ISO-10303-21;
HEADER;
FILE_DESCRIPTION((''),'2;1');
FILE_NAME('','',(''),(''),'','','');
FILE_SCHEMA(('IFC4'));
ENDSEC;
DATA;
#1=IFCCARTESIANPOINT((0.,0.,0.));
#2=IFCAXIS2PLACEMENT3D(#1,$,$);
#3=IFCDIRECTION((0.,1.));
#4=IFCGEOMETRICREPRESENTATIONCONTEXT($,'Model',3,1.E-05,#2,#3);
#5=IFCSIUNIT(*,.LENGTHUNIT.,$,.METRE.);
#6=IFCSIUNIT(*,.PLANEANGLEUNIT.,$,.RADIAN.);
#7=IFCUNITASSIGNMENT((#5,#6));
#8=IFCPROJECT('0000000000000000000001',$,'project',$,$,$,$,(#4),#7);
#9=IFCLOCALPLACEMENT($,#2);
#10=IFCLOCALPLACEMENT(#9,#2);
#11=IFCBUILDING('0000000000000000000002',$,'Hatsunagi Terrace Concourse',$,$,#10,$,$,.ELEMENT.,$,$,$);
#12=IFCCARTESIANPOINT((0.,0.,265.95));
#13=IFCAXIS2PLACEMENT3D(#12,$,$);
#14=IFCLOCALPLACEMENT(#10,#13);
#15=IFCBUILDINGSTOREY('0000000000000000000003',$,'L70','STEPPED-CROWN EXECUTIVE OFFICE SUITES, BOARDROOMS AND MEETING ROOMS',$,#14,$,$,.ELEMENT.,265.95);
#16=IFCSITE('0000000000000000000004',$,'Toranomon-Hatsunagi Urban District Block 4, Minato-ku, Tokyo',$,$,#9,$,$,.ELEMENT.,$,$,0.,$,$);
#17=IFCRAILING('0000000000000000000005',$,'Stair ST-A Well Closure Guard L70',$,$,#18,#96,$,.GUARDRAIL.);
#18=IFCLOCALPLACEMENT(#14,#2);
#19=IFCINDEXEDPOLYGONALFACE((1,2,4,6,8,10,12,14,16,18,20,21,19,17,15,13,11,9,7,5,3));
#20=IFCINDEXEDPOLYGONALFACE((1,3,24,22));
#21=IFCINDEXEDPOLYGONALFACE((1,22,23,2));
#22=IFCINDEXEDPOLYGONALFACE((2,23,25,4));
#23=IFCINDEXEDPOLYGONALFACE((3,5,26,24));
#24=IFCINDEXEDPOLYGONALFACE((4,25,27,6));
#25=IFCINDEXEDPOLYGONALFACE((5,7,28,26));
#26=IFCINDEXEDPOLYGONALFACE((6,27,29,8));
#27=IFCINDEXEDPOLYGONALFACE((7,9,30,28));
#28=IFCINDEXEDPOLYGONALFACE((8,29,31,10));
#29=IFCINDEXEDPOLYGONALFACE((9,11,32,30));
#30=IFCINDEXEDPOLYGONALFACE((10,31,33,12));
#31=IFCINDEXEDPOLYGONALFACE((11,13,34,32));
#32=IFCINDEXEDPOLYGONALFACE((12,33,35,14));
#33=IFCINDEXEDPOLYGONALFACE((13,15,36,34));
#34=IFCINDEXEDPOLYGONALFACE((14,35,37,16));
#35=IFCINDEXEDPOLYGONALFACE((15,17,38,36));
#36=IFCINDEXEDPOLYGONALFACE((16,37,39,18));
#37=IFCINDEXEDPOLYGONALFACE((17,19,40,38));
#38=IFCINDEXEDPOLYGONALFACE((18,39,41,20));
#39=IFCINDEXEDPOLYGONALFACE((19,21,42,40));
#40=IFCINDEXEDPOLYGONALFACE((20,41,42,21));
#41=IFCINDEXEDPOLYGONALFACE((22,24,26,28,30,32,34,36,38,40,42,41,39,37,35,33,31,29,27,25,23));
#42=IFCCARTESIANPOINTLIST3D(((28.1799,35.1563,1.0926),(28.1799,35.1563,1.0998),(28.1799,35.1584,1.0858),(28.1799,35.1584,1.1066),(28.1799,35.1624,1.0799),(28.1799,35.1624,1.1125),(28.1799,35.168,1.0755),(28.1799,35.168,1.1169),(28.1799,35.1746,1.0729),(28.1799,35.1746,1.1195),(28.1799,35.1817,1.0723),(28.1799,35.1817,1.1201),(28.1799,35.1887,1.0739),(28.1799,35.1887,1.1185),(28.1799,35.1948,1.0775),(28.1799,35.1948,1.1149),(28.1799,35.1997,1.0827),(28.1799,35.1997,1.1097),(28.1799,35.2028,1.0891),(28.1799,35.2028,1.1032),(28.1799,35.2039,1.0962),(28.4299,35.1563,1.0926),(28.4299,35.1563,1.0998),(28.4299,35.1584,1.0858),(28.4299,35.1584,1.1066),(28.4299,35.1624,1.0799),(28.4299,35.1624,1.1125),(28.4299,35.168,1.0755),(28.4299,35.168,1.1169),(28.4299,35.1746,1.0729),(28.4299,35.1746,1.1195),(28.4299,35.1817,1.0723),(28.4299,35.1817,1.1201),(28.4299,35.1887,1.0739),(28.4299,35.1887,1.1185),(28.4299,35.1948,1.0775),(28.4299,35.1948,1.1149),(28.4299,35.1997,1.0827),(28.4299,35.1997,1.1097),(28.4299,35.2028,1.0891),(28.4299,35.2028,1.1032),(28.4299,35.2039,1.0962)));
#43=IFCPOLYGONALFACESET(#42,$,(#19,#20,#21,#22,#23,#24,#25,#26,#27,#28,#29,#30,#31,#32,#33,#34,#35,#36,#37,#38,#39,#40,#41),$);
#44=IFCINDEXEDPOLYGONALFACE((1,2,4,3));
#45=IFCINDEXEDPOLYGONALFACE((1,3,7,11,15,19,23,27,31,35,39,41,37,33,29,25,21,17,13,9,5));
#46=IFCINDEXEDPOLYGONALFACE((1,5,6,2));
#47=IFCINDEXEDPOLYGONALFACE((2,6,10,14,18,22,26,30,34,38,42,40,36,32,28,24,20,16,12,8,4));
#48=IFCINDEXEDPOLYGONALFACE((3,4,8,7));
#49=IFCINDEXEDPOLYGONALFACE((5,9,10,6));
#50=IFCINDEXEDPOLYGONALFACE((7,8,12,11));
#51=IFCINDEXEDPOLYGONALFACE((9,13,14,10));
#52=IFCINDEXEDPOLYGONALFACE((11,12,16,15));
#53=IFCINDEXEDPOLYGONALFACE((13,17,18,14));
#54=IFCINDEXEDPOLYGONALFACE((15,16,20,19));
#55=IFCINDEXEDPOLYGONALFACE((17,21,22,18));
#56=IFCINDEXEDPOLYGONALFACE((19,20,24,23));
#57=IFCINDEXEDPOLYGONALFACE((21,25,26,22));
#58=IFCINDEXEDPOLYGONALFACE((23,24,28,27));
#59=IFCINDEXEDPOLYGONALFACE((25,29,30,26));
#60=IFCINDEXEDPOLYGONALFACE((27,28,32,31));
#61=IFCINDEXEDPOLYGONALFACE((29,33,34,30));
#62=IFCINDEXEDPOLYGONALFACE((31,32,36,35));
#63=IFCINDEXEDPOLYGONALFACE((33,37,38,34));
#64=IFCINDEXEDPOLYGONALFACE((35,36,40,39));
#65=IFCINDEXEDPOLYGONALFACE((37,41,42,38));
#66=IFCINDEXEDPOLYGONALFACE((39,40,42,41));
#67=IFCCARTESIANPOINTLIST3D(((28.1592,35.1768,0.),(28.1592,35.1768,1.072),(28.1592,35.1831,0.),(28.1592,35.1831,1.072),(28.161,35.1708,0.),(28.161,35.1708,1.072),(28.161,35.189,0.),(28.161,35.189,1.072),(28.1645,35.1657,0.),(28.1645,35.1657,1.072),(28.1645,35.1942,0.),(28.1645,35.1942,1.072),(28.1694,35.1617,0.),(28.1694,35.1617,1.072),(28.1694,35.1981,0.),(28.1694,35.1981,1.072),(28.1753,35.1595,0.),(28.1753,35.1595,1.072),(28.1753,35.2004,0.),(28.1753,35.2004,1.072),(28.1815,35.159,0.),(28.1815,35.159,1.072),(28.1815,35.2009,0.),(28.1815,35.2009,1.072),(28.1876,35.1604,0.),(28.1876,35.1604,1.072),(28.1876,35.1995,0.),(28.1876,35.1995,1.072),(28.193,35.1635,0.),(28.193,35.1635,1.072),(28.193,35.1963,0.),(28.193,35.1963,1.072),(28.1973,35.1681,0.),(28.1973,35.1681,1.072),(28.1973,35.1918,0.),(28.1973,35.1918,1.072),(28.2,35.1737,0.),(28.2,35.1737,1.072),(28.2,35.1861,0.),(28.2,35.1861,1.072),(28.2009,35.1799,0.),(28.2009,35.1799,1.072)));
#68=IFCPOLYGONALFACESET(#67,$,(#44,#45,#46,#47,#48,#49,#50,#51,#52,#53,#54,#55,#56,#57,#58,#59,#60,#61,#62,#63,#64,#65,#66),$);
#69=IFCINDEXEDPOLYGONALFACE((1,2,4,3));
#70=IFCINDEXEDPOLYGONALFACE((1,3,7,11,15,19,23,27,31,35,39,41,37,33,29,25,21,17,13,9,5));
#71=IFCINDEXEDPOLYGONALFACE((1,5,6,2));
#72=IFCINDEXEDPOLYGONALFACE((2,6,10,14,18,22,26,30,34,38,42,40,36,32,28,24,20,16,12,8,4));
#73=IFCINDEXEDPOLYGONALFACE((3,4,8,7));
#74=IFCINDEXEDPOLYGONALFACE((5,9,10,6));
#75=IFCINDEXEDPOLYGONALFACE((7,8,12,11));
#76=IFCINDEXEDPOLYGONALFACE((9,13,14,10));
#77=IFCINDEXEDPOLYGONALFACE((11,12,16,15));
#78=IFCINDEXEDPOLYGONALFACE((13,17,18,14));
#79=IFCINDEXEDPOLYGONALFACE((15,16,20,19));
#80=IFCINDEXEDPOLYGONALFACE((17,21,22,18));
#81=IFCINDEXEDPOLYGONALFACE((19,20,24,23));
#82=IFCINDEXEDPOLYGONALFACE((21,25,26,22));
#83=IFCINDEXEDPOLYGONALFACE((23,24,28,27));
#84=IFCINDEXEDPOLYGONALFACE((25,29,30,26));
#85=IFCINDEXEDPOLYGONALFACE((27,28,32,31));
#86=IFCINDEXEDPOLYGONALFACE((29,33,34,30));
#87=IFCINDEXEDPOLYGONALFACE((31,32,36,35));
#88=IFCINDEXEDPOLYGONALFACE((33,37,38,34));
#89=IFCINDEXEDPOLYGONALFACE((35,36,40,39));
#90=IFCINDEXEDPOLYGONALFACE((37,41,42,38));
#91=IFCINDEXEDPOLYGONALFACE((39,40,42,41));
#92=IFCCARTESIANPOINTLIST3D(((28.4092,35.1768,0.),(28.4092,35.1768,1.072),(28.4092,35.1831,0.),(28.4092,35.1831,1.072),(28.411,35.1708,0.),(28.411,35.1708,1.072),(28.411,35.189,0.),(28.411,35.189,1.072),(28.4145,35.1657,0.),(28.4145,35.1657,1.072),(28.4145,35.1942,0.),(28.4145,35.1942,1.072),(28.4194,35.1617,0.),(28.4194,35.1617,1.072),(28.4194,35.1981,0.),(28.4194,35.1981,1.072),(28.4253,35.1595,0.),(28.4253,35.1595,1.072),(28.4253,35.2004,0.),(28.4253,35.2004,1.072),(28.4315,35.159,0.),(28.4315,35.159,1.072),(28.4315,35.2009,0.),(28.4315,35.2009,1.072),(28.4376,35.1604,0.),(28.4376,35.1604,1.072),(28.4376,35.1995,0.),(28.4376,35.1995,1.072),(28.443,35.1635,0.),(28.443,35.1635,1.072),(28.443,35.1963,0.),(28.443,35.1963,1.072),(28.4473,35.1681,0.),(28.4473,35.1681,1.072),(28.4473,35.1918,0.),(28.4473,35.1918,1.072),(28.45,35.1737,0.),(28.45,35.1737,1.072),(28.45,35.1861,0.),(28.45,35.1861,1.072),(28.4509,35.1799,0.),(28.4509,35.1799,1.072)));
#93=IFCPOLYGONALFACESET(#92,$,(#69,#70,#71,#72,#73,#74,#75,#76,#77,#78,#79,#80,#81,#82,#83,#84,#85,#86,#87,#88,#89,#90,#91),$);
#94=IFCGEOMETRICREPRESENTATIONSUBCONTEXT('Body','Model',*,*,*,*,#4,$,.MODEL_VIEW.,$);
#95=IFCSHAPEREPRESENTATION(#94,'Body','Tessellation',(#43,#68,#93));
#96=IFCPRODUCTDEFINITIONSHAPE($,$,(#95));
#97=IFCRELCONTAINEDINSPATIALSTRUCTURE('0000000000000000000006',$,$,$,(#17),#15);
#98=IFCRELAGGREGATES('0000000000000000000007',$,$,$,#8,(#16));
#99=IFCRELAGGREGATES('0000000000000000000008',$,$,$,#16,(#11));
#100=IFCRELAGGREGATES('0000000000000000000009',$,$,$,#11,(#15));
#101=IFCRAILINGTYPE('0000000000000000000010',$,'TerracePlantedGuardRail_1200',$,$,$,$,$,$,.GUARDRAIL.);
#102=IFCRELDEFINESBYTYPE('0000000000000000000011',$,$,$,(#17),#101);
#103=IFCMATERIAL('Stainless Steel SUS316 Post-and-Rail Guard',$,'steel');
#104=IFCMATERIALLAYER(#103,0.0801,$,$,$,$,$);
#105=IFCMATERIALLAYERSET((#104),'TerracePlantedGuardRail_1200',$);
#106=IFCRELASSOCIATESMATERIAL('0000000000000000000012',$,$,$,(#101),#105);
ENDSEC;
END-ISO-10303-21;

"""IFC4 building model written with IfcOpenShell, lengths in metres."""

from ifc_helpers import new_model, si_unit, direction, frame, origin, origin_2d, place, context, subcontext, project, spatial, circle, extrude, material, layer, layer_set, type_object, element, save


model = new_model("IFC4")

# Units and contexts
model_context = context("Model", 3, precision=1e-05, world=origin(), true_north=direction((0.0, 1.0)))
body_context = subcontext(model_context, "Body", "Model", "MODEL_VIEW")
ifc_project = project(units=[si_unit("LENGTHUNIT", "METRE"), si_unit("PLANEANGLEUNIT", "RADIAN")], contexts=[model_context])

# Site, building, storey
site_placement = place(None, origin())
site = spatial("IfcSite", under=ifc_project, at=site_placement, Name="Toranomon-Hatsunagi Urban District Block 4, Minato-ku, Tokyo", CompositionType="ELEMENT", RefElevation=0.0)
building_placement = place(site_placement, origin())
building = spatial("IfcBuilding", under=site, at=building_placement, Name="Hatsunagi Terrace Concourse", CompositionType="ELEMENT")
storey_placement = place(building_placement, frame((0.0, 0.0, 265.95)))
storey = spatial("IfcBuildingStorey", under=building, at=storey_placement, Name="L70", Description="STEPPED-CROWN EXECUTIVE OFFICE SUITES, BOARDROOMS AND MEETING ROOMS", CompositionType="ELEMENT", Elevation=265.95)

# Railing
ifc_material_1 = material(Name="Stainless Steel SUS316 Post-and-Rail Guard", Category="steel")
ifc_layer_1 = layer(ifc_material_1, 0.0801)
ifc_layer_set_1 = layer_set([ifc_layer_1], Name="TerracePlantedGuardRail_1200")
railing_type_1 = type_object("IfcRailingType", Name="TerracePlantedGuardRail_1200", PredefinedType="GUARDRAIL", material=ifc_layer_set_1)
railing_1_placement = place(storey_placement, frame((28.1799, 35.1799, 0.0)))
element("IfcRailing", 1, at=railing_1_placement, inside=storey, type_object=railing_type_1, Name="Stair ST-A Well Closure Guard L70", PredefinedType="GUARDRAIL", context=body_context, shape_type="SweptSolid", body=[
    extrude(circle(Radius=0.0239, at=origin_2d()), frame((0.0, 0.0, 1.0962), z_axis=(1.0, 0.0, 0.0), x_axis=(0.0, 1.0, 0.0)), (0.0, 0.0, 1.0), 0.25),
    extrude(circle(Radius=0.021, at=origin_2d()), origin(), (0.0, 0.0, 1.0), 1.072),
    extrude(circle(Radius=0.021, at=origin_2d()), frame((0.25, 0.0, 0.0)), (0.0, 0.0, 1.0), 1.072),
])

save(model, "model.ifc")
